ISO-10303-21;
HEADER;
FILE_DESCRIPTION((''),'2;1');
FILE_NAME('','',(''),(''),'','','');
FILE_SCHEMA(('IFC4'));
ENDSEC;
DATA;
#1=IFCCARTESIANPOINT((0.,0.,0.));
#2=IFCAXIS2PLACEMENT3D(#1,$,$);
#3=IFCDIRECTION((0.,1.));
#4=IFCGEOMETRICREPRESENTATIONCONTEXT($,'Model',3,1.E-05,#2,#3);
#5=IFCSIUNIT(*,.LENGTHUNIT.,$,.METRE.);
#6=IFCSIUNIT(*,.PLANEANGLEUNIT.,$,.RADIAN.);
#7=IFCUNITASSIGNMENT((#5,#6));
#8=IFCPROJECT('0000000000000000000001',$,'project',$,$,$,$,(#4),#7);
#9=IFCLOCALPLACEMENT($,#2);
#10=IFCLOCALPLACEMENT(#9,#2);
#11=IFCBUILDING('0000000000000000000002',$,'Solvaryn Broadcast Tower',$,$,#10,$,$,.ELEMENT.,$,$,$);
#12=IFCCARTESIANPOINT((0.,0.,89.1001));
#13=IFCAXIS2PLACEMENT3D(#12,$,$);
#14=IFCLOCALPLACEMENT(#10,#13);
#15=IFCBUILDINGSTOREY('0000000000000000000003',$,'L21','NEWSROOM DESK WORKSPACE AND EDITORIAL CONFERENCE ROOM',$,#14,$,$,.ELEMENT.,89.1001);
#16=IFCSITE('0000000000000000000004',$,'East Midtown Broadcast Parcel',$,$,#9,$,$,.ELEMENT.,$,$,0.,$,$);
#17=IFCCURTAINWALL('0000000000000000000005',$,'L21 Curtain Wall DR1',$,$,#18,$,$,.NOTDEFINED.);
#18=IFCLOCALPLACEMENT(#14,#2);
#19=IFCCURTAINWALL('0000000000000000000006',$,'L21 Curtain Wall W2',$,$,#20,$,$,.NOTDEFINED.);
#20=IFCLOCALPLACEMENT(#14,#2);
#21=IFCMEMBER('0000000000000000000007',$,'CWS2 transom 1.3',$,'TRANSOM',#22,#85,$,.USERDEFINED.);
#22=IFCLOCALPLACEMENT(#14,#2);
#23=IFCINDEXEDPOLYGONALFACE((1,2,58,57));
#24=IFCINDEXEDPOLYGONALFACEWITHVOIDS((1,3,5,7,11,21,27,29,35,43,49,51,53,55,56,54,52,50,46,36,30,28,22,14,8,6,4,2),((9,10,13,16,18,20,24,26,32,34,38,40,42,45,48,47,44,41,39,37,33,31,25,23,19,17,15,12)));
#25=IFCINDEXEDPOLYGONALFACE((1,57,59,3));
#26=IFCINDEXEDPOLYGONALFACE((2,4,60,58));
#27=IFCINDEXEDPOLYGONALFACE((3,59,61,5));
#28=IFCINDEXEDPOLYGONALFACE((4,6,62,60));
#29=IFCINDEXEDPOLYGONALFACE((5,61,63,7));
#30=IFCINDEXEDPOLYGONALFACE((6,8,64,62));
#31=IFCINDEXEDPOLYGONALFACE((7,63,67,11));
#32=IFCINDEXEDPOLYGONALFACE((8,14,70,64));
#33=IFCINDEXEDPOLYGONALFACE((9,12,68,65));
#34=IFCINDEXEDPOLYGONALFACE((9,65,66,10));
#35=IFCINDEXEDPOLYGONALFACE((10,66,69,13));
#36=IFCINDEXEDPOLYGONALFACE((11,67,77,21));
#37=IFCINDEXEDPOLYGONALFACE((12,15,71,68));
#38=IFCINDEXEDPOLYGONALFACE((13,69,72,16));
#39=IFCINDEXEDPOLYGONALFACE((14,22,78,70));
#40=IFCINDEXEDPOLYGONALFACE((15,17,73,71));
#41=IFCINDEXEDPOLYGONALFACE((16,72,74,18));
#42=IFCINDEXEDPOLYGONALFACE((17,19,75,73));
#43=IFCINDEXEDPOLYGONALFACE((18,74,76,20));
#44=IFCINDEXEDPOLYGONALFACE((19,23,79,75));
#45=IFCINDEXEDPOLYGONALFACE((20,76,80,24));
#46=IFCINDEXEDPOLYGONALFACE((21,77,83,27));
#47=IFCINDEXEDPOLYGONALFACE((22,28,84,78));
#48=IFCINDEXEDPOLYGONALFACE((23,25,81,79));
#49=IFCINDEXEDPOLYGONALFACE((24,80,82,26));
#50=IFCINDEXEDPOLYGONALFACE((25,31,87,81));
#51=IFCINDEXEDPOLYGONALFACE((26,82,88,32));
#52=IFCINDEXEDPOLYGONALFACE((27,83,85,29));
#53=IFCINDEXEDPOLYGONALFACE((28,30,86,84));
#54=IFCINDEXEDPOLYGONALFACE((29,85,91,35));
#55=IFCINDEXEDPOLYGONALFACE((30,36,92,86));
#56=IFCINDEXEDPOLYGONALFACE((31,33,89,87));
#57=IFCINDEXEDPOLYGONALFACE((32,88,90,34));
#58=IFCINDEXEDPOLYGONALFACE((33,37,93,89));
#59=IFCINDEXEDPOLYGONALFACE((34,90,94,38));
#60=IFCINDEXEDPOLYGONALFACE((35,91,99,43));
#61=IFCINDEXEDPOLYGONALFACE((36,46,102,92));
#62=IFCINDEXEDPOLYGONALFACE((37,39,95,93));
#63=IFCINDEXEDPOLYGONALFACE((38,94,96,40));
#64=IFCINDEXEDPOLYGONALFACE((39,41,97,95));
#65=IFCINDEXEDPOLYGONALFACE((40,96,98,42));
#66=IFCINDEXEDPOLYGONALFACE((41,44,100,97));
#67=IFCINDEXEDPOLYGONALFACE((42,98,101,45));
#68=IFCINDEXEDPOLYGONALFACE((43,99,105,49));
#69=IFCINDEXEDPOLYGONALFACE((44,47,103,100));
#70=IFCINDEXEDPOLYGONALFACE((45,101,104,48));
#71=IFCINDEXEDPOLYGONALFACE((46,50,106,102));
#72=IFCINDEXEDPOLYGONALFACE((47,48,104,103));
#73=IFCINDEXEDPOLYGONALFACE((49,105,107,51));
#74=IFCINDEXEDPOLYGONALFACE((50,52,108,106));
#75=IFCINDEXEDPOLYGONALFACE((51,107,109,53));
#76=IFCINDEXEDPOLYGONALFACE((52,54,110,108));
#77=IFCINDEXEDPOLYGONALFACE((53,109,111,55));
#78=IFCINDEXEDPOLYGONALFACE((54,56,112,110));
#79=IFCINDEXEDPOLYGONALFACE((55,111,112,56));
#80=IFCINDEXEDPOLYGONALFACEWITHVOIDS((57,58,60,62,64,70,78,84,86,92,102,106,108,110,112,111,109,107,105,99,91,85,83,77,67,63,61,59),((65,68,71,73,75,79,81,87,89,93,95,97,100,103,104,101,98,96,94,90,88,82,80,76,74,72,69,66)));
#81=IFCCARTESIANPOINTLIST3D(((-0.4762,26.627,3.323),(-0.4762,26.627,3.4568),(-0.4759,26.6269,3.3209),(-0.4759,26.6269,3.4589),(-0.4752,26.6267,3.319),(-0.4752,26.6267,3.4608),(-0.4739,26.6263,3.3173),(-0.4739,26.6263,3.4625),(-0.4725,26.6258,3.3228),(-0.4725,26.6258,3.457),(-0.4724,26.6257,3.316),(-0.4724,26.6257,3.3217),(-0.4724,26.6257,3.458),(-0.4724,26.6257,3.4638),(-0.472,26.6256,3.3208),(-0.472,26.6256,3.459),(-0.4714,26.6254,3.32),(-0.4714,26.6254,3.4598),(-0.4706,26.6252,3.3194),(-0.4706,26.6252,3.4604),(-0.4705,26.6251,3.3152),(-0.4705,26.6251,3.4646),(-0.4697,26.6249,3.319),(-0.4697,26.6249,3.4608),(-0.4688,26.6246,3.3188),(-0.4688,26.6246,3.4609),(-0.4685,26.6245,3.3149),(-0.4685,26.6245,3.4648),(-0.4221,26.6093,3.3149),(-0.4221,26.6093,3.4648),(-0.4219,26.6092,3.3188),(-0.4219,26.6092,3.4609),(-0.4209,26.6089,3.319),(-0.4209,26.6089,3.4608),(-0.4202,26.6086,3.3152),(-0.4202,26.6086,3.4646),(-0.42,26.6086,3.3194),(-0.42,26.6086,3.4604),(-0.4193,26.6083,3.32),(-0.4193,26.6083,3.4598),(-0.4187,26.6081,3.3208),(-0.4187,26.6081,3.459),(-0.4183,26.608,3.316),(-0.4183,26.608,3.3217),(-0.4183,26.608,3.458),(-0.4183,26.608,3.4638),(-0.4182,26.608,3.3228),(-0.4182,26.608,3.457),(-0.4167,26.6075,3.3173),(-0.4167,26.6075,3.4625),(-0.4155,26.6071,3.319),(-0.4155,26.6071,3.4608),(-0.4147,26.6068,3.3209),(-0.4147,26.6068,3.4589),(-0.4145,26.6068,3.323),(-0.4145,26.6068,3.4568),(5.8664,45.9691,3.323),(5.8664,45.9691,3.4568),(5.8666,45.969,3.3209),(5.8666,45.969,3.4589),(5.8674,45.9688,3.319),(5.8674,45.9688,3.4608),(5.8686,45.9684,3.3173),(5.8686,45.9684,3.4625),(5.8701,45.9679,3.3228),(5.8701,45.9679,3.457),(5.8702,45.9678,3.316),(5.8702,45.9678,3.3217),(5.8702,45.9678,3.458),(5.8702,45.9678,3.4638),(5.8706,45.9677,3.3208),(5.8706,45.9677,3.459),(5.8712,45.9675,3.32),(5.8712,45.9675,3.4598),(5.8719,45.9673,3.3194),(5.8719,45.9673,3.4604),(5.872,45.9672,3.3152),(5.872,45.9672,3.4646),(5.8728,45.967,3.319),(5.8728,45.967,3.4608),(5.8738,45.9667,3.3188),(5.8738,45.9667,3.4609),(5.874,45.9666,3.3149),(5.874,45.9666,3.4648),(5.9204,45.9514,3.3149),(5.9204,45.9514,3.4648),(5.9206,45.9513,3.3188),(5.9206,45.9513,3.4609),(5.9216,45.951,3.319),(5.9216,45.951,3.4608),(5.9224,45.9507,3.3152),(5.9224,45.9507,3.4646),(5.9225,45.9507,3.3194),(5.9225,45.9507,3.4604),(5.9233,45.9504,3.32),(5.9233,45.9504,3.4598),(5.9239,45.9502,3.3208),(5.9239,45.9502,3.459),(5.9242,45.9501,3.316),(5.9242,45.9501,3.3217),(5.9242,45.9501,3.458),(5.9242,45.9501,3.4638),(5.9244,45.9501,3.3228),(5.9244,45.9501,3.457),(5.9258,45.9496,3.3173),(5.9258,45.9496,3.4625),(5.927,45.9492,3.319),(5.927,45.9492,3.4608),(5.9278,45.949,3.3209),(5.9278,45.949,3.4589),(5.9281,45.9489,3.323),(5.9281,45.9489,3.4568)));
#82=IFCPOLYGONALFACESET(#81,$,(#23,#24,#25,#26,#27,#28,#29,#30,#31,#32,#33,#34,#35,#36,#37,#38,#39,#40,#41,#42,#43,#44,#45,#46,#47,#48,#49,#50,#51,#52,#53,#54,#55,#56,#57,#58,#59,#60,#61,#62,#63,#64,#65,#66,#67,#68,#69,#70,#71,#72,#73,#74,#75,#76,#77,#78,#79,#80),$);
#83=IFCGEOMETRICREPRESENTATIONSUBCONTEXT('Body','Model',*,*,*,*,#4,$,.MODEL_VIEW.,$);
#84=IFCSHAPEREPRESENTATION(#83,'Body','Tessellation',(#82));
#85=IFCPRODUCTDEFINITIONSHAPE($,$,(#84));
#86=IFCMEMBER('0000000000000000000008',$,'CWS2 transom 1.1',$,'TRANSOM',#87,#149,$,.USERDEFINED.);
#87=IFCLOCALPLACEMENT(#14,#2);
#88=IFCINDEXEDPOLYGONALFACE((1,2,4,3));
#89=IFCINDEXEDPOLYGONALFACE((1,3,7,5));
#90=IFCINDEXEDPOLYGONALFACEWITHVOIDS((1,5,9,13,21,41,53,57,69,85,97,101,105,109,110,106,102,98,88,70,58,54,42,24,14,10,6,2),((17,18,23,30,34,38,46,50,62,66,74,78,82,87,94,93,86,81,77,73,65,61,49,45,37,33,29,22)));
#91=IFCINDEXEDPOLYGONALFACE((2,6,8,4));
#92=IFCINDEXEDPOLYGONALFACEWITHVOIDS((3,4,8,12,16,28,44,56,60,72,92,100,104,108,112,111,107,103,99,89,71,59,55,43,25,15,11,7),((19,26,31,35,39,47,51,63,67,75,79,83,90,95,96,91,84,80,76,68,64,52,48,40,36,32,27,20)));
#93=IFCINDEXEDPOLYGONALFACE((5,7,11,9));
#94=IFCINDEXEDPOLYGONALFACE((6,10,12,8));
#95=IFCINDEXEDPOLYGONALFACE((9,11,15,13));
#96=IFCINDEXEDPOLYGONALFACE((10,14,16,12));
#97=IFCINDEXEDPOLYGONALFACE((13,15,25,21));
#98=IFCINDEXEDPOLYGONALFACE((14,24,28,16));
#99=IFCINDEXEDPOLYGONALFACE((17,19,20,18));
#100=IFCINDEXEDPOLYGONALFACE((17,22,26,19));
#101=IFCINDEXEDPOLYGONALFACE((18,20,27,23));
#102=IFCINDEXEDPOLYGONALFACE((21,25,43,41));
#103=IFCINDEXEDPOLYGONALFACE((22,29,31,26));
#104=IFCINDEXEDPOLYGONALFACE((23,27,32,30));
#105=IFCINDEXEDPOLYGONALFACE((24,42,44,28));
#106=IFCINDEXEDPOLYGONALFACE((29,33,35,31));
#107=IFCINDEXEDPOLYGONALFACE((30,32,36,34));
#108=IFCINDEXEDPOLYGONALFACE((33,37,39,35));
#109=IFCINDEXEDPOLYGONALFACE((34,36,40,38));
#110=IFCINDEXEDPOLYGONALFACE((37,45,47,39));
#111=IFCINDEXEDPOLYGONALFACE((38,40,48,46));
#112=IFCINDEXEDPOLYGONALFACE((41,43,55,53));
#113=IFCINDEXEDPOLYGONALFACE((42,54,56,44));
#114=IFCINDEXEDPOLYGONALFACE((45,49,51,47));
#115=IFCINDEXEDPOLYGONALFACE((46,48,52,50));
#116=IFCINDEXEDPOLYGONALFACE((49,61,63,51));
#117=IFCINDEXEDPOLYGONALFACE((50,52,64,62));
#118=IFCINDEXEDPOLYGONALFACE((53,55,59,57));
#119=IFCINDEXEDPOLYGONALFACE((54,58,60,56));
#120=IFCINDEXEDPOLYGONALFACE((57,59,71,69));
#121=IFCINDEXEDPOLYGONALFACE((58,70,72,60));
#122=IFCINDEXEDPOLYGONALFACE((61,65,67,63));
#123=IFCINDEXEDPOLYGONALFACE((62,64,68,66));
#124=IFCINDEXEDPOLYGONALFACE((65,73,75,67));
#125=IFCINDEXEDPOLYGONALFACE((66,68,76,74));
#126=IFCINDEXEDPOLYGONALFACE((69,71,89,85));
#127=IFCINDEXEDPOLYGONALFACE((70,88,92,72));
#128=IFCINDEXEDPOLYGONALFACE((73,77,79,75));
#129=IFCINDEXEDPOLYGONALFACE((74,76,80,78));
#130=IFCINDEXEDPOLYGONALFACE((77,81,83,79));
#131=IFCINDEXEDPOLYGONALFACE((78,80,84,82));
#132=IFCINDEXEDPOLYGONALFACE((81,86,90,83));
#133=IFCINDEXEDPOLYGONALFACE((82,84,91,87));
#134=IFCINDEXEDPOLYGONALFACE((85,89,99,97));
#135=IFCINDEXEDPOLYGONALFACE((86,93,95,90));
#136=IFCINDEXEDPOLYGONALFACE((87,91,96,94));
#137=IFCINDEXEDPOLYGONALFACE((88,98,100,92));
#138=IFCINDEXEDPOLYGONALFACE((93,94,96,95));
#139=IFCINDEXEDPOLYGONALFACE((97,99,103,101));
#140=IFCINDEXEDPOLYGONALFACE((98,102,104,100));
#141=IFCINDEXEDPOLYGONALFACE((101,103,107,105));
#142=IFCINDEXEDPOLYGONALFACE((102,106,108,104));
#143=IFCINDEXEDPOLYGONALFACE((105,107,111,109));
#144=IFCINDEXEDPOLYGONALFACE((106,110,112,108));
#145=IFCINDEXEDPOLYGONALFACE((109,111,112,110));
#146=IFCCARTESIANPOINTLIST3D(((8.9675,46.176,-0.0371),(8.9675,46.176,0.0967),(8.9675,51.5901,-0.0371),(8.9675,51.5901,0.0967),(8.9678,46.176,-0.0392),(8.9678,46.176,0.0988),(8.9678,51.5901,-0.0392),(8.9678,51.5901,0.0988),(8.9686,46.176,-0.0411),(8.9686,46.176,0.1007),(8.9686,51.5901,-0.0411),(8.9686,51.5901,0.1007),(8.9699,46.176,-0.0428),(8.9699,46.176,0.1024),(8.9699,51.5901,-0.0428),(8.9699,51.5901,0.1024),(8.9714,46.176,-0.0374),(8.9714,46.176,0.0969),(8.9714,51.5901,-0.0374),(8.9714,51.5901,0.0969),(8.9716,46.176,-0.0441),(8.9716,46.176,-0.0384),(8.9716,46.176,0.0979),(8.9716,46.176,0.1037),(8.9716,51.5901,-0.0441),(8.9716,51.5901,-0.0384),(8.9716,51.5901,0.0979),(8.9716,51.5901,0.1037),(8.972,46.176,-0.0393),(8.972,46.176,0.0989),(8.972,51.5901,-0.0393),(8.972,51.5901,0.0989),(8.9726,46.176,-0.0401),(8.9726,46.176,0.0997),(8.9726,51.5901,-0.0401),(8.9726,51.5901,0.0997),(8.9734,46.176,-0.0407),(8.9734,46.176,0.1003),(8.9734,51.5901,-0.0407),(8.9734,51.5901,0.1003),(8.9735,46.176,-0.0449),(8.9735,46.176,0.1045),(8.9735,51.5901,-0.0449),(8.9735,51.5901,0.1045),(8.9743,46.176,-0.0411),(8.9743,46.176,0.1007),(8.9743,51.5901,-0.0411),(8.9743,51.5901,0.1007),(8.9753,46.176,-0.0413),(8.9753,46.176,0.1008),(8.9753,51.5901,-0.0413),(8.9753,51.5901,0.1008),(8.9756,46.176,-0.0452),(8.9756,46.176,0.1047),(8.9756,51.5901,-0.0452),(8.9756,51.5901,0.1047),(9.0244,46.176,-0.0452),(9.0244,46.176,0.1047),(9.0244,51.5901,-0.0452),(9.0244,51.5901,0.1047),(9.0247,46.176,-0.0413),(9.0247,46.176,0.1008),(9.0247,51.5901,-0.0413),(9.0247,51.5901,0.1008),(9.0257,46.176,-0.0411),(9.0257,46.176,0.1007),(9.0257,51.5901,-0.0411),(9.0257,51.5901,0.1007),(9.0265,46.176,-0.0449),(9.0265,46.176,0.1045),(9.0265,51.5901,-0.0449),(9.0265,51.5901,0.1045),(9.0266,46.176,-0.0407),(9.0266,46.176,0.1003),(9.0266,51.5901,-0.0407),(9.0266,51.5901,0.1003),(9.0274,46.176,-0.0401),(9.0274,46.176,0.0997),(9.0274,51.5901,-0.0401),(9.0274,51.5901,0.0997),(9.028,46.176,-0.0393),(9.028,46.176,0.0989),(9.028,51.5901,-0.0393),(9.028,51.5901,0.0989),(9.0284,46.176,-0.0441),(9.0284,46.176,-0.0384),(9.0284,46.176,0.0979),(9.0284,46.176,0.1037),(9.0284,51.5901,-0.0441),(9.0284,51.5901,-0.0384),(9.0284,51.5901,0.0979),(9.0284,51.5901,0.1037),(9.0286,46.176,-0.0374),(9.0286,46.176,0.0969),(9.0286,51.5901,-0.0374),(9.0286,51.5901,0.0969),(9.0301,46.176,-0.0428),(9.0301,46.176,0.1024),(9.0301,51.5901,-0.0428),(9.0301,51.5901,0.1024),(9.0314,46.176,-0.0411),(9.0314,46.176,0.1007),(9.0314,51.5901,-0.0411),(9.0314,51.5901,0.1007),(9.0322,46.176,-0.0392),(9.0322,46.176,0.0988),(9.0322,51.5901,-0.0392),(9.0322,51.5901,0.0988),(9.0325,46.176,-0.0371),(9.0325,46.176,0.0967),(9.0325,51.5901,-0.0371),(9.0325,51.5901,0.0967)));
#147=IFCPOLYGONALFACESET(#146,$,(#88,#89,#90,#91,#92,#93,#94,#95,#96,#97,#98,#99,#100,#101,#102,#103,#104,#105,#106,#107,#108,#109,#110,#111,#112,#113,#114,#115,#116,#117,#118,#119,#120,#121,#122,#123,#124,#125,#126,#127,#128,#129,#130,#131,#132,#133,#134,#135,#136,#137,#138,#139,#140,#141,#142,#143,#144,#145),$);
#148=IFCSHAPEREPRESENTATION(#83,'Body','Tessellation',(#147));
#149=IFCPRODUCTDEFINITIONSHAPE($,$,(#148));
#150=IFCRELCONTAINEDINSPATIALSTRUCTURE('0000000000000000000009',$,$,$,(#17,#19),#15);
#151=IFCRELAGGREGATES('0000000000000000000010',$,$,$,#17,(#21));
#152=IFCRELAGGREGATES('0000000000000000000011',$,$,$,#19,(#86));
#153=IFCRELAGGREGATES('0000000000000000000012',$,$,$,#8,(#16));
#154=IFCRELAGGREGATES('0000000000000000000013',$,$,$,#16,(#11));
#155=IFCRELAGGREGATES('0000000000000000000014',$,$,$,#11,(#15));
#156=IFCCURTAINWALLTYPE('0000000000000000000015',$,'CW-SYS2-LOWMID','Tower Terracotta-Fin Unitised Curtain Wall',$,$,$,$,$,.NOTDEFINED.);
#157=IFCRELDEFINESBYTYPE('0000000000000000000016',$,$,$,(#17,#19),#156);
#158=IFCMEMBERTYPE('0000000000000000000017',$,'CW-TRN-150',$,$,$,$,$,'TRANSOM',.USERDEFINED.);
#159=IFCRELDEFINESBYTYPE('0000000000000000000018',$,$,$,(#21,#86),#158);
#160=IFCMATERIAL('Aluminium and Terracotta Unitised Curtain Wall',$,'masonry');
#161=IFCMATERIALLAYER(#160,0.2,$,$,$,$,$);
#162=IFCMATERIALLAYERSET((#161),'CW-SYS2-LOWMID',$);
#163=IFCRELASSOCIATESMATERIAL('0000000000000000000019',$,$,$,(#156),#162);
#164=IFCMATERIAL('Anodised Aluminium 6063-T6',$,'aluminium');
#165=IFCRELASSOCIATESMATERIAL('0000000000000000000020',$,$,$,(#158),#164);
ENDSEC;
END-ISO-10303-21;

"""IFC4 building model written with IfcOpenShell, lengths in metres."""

from ifc_helpers import new_model, si_unit, direction, frame, origin, origin_2d, place, context, subcontext, project, spatial, hollow_rectangle, extrude, material, layer, layer_set, material_profile, profile_set, type_object, element, aggregate, save


model = new_model("IFC4")

# Units and contexts
model_context = context("Model", 3, precision=1e-05, world=origin(), true_north=direction((0.0, 1.0)))
body_context = subcontext(model_context, "Body", "Model", "MODEL_VIEW")
ifc_project = project(units=[si_unit("LENGTHUNIT", "METRE"), si_unit("PLANEANGLEUNIT", "RADIAN")], contexts=[model_context])

# Site, building, storey
site_placement = place(None, origin())
site = spatial("IfcSite", under=ifc_project, at=site_placement, Name="East Midtown Broadcast Parcel", CompositionType="ELEMENT", RefElevation=0.0)
building_placement = place(site_placement, origin())
building = spatial("IfcBuilding", under=site, at=building_placement, Name="Solvaryn Broadcast Tower", CompositionType="ELEMENT")
storey_placement = place(building_placement, frame((0.0, 0.0, 89.1001)))
storey = spatial("IfcBuildingStorey", under=building, at=storey_placement, Name="L21", Description="NEWSROOM DESK WORKSPACE AND EDITORIAL CONFERENCE ROOM", CompositionType="ELEMENT", Elevation=89.1001)

# Curtain wall
ifc_material_1 = material(Name="Aluminium and Terracotta Unitised Curtain Wall", Category="masonry")
ifc_layer_1 = layer(ifc_material_1, 0.2)
ifc_layer_set_1 = layer_set([ifc_layer_1], Name="CW-SYS2-LOWMID")
curtain_wall_type = type_object("IfcCurtainWallType", Name="CW-SYS2-LOWMID", Description="Tower Terracotta-Fin Unitised Curtain Wall", PredefinedType="NOTDEFINED", material=ifc_layer_set_1)
curtain_wall_1_placement = place(storey_placement, origin())
curtain_wall_1 = element("IfcCurtainWall", 1, at=curtain_wall_1_placement, inside=storey, type_object=curtain_wall_type, Name="L21 Curtain Wall DR1", PredefinedType="NOTDEFINED")

# Curtain wall
curtain_wall_2_placement = place(storey_placement, origin())
curtain_wall_2 = element("IfcCurtainWall", 2, at=curtain_wall_2_placement, inside=storey, type_object=curtain_wall_type, Name="L21 Curtain Wall W2", PredefinedType="NOTDEFINED")

# Members
ifc_material_2 = material(Name="Anodised Aluminium 6063-T6", Category="aluminium")
ifc_material_profile_1 = material_profile(ifc_material_2, hollow_rectangle(XDim=0.0649, YDim=0.1499, WallThickness=0.0039, InnerFilletRadius=0.0039, OuterFilletRadius=0.0081, at=origin_2d()))
ifc_profile_set_1 = profile_set([ifc_material_profile_1], Name="Anodised Aluminium 6063-T6")
member_type_1 = type_object("IfcMemberType", Name="CW-TRN-150", ElementType="TRANSOM", PredefinedType="USERDEFINED", material=ifc_profile_set_1)
member_1_placement = place(storey_placement, frame((5.8972, 45.959, 3.3899), z_axis=(-0.31159, -0.950217, 0.0), x_axis=(0.950217, -0.31159, 0.0)))
member_1 = element("IfcMember", 3, at=member_1_placement, type_object=member_type_1, Name="CWS2 transom 1.3", ObjectType="TRANSOM", PredefinedType="USERDEFINED", context=body_context, shape_type="SweptSolid", body=[
    extrude(hollow_rectangle(XDim=0.0649, YDim=0.1499, WallThickness=0.0039, InnerFilletRadius=0.0039, OuterFilletRadius=0.0081, at=origin_2d()), origin(), (0.0, 0.0, 1.0), 20.3555),
])
aggregate(curtain_wall_1, [member_1])
member_2_placement = place(storey_placement, frame((9.0, 46.176, 0.0298), z_axis=(0.0, 1.0, 0.0), x_axis=(-1.0, 0.0, 0.0)))
member_2 = element("IfcMember", 4, at=member_2_placement, type_object=member_type_1, Name="CWS2 transom 1.1", ObjectType="TRANSOM", PredefinedType="USERDEFINED", context=body_context, shape_type="SweptSolid", body=[
    extrude(hollow_rectangle(XDim=0.0649, YDim=0.1499, WallThickness=0.0039, InnerFilletRadius=0.0039, OuterFilletRadius=0.0081, at=origin_2d()), origin(), (0.0, 0.0, 1.0), 5.4141),
])

aggregate(curtain_wall_2, [member_2])

save(model, "model.ifc")
